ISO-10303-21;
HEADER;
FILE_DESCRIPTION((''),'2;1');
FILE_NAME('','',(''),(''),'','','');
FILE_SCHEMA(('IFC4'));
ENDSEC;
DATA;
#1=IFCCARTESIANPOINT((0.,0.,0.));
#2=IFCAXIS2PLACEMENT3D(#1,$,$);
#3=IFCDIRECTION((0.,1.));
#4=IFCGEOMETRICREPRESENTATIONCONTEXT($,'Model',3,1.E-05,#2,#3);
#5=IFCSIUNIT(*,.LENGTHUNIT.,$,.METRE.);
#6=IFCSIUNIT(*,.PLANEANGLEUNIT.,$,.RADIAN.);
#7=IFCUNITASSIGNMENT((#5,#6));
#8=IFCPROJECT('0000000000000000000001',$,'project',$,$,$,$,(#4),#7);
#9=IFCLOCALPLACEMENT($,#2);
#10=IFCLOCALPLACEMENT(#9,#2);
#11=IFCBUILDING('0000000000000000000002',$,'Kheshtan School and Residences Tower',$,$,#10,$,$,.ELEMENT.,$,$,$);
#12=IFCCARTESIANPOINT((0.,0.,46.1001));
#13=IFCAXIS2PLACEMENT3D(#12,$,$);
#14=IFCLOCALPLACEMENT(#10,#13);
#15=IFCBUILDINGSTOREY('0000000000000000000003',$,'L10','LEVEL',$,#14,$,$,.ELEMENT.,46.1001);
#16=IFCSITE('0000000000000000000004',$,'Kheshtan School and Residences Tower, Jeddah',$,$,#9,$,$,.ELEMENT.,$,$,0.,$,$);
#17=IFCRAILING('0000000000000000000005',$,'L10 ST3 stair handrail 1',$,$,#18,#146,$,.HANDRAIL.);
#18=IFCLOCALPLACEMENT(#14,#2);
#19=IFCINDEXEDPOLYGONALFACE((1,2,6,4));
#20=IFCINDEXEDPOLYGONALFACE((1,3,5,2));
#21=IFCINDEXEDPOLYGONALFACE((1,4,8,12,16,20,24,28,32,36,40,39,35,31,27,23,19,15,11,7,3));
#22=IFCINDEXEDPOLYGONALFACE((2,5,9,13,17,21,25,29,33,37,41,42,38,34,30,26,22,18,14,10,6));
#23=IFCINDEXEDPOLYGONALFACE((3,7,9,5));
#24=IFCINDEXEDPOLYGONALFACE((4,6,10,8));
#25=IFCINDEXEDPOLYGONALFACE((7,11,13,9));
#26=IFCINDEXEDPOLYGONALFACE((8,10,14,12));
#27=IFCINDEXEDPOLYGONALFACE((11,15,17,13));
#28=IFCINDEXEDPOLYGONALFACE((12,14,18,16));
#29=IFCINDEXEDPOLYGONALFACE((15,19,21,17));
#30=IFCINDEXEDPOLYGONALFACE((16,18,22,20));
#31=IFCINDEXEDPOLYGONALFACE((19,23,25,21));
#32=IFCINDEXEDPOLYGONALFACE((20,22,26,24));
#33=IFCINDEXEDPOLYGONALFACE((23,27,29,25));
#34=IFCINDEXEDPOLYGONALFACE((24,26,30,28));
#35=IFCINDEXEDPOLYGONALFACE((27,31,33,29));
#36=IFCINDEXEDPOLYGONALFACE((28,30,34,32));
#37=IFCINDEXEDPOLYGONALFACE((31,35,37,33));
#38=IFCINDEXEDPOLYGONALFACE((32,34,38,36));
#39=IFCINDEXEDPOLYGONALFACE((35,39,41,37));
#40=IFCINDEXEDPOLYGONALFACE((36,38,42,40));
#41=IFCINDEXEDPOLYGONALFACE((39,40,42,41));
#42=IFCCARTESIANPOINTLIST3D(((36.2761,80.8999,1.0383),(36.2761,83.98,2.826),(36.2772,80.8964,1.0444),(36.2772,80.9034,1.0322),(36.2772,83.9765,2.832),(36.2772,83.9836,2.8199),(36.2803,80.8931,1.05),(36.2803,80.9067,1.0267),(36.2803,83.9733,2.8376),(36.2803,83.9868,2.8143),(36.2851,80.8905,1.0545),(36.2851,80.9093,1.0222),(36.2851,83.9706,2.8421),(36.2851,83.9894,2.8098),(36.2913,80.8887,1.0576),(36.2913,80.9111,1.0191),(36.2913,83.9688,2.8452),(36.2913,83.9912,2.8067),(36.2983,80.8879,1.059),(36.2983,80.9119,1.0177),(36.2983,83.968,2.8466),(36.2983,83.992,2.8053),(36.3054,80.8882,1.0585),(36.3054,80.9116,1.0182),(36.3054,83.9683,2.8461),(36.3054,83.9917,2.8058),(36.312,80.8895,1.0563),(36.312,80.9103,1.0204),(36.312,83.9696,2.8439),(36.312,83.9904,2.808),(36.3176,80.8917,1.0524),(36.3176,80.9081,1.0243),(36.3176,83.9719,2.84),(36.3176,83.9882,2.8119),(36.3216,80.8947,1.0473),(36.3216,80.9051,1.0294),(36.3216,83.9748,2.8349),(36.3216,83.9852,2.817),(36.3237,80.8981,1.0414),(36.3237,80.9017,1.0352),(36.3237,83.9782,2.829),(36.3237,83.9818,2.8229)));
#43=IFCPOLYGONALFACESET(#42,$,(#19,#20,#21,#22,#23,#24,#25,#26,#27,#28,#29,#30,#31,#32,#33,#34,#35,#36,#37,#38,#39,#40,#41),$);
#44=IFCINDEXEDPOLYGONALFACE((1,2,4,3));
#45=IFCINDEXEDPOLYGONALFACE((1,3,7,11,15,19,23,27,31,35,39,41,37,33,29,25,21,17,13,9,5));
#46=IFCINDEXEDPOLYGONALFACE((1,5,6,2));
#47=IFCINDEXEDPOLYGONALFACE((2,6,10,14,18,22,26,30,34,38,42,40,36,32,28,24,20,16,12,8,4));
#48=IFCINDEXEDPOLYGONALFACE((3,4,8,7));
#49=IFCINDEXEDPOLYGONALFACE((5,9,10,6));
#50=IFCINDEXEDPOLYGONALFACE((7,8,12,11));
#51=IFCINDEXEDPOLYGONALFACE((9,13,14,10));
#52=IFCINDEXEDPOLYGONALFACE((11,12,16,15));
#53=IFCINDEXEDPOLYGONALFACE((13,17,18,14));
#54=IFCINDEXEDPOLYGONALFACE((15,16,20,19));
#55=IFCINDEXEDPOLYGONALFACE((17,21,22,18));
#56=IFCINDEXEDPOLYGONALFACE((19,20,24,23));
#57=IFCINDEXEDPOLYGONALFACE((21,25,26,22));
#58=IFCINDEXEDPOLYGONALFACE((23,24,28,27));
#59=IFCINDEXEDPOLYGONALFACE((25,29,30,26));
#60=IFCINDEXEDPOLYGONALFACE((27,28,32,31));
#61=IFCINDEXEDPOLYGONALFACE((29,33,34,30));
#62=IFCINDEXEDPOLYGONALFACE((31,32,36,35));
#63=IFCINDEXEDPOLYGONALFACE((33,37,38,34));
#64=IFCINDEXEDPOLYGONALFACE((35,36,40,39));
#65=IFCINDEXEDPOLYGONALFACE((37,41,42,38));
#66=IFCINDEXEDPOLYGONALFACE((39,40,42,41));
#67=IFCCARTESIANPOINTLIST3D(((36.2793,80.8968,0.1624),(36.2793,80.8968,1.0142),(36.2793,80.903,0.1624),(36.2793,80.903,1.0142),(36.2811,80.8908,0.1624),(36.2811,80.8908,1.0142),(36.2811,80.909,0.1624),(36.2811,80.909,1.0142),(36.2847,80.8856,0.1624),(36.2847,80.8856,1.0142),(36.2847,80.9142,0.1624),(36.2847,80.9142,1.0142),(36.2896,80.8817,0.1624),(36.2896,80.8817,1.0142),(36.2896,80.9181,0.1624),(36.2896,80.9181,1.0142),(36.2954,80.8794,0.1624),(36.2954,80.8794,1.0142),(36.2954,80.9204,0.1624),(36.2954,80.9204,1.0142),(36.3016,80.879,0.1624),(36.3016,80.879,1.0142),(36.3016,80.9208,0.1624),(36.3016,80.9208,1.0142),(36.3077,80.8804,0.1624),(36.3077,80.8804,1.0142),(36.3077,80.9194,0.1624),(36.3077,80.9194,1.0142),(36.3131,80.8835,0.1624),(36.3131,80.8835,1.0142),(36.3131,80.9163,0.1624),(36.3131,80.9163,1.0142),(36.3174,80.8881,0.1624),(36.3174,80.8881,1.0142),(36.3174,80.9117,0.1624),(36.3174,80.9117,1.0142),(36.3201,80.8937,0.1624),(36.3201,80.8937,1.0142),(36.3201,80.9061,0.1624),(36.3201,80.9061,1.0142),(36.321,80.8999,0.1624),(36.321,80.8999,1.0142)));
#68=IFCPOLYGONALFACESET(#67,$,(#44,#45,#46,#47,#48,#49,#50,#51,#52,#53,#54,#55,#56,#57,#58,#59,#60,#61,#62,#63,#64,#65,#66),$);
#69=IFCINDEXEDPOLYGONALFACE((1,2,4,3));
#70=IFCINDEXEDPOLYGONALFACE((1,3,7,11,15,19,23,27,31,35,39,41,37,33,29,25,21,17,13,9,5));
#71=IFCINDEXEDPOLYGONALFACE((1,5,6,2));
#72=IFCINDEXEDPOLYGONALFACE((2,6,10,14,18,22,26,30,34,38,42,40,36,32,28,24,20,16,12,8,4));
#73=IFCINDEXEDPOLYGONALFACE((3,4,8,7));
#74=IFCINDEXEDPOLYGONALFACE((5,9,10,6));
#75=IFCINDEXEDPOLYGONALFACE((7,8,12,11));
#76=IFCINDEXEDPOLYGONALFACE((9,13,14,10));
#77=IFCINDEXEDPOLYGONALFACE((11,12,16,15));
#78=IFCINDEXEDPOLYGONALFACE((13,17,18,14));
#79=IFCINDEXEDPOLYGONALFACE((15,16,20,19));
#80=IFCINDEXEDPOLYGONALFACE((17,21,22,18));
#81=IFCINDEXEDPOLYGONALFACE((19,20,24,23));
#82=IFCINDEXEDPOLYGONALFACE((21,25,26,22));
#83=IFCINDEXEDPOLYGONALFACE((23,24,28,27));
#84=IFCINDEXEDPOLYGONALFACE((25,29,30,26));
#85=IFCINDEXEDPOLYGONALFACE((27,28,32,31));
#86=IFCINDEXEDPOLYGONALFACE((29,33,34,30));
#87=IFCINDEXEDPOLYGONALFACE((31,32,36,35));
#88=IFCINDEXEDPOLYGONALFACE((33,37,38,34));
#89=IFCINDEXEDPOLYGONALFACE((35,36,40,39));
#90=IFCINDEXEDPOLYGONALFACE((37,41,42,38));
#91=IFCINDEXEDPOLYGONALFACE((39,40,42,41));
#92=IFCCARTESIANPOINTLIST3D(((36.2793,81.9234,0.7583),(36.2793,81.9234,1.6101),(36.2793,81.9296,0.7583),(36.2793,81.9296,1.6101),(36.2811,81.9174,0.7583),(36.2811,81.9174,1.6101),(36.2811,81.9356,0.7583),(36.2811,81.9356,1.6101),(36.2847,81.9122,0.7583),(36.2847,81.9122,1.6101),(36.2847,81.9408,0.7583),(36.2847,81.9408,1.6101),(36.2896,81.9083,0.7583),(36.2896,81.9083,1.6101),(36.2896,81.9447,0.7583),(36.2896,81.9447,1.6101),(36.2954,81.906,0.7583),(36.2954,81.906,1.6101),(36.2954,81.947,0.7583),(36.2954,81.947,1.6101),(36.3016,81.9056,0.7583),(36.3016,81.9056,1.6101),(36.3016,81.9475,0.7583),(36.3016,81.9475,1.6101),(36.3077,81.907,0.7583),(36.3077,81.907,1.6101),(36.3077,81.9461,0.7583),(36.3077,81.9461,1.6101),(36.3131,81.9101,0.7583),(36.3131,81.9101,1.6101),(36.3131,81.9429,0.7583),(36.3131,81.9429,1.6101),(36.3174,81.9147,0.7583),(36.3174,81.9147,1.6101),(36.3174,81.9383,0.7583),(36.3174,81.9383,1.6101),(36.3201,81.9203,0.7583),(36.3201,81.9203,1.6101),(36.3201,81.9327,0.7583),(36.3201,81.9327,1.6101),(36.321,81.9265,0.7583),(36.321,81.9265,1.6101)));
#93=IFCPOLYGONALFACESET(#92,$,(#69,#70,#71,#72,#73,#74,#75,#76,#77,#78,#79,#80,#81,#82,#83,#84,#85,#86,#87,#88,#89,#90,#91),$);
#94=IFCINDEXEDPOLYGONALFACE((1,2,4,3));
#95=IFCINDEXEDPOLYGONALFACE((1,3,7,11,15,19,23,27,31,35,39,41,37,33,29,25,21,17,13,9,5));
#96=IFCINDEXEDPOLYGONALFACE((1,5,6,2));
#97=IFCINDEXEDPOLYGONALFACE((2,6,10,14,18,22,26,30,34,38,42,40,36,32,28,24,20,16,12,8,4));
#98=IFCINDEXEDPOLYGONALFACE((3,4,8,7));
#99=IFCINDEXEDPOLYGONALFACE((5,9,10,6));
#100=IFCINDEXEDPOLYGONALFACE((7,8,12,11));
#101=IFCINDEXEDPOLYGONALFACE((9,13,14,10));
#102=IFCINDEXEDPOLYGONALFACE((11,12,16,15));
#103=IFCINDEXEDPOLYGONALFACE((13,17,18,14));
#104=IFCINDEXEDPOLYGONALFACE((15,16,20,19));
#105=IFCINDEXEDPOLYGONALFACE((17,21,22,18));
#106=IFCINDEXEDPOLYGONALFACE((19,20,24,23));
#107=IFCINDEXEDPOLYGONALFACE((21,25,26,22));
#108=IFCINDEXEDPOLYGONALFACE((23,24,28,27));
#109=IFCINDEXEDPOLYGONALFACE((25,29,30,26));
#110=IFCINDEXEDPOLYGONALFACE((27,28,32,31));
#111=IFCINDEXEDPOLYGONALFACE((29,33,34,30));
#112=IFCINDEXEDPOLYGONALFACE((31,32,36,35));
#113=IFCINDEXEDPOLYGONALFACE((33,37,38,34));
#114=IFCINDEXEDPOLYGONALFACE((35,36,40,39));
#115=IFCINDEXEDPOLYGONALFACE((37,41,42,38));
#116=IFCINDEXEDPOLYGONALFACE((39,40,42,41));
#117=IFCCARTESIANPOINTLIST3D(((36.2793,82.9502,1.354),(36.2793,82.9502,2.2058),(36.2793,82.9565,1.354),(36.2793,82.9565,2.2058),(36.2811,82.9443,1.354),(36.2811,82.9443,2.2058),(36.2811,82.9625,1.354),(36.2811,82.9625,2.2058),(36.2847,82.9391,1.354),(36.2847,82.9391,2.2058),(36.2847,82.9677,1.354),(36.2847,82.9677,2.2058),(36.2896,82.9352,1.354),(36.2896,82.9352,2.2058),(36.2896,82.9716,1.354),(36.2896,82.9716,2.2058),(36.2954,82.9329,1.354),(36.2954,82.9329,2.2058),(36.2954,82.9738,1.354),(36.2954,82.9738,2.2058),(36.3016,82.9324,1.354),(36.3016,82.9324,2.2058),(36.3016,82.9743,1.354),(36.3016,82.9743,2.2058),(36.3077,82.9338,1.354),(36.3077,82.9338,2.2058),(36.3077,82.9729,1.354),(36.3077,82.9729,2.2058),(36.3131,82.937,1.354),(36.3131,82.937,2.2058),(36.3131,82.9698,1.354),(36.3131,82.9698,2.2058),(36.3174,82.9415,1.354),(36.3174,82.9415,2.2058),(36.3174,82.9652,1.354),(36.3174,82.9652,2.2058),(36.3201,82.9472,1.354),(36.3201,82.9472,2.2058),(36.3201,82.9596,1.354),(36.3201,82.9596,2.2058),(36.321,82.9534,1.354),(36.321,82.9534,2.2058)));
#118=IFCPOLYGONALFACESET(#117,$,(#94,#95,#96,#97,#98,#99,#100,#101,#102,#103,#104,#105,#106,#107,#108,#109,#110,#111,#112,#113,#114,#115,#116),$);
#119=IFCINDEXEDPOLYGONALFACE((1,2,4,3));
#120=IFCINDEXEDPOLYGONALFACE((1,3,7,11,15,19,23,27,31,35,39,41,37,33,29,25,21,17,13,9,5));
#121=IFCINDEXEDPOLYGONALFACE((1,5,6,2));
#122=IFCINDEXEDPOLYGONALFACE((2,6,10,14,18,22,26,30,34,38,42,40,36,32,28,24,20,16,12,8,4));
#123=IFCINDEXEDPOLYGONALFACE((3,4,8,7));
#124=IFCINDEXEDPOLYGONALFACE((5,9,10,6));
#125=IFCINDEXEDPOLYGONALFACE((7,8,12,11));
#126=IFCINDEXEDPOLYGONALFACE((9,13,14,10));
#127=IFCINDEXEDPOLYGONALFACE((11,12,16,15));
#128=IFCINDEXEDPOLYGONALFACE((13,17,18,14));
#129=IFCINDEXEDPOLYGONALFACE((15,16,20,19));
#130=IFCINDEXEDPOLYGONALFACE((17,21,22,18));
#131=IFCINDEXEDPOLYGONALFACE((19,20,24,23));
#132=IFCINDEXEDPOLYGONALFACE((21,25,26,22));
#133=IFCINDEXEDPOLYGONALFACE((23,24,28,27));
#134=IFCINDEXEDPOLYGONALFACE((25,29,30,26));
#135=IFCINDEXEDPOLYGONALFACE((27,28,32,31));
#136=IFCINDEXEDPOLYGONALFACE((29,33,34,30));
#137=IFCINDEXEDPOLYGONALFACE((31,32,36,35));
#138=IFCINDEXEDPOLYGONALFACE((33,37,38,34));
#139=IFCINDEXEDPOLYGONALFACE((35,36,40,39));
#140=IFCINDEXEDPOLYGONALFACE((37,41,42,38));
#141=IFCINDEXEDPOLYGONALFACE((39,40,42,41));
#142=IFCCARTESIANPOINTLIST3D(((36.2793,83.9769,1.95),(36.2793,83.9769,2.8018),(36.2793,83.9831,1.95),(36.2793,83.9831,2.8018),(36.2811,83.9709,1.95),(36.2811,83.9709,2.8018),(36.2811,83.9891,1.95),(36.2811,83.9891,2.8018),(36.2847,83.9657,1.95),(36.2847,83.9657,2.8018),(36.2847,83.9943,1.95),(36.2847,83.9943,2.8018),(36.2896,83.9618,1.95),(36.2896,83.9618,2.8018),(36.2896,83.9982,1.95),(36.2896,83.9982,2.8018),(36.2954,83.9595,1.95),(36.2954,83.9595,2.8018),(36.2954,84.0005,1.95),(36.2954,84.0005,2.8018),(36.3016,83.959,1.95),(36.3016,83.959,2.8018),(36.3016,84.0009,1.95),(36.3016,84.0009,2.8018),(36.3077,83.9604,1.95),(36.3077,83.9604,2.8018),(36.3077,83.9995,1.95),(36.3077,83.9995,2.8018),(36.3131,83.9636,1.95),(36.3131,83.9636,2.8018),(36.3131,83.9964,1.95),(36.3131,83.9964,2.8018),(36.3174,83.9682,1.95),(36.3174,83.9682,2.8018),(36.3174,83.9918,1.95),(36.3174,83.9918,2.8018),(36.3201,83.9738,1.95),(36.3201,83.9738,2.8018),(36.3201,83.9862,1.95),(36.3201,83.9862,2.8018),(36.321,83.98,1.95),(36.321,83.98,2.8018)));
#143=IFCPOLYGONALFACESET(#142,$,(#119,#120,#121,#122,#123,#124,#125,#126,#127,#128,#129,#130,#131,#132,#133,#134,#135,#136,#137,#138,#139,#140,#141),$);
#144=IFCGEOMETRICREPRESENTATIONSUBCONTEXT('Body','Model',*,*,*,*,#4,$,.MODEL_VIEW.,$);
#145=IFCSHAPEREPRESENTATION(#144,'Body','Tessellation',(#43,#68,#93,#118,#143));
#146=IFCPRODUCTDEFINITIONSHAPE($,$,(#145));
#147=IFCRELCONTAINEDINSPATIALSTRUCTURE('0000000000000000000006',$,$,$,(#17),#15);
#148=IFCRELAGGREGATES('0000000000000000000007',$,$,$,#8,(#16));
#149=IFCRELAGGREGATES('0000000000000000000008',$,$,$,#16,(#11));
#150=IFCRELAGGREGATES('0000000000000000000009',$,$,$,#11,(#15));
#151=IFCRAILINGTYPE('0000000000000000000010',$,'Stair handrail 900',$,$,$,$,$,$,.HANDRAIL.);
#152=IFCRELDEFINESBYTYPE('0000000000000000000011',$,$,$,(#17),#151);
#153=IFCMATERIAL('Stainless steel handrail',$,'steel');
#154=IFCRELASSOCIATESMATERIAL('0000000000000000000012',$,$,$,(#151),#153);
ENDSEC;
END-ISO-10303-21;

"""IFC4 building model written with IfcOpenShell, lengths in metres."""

from ifc_helpers import new_model, si_unit, direction, frame, origin, origin_2d, place, context, subcontext, project, spatial, circle, extrude, material, type_object, element, save


model = new_model("IFC4")

# Units and contexts
model_context = context("Model", 3, precision=1e-05, world=origin(), true_north=direction((0.0, 1.0)))
body_context = subcontext(model_context, "Body", "Model", "MODEL_VIEW")
ifc_project = project(units=[si_unit("LENGTHUNIT", "METRE"), si_unit("PLANEANGLEUNIT", "RADIAN")], contexts=[model_context])

# Site, building, storey
site_placement = place(None, origin())
site = spatial("IfcSite", under=ifc_project, at=site_placement, Name="Kheshtan School and Residences Tower, Jeddah", CompositionType="ELEMENT", RefElevation=0.0)
building_placement = place(site_placement, origin())
building = spatial("IfcBuilding", under=site, at=building_placement, Name="Kheshtan School and Residences Tower", CompositionType="ELEMENT")
storey_placement = place(building_placement, frame((0.0, 0.0, 46.1001)))
storey = spatial("IfcBuildingStorey", under=building, at=storey_placement, Name="L10", Description="LEVEL", CompositionType="ELEMENT", Elevation=46.1001)

# Railing
ifc_material_1 = material(Name="Stainless steel handrail", Category="steel")
railing_type_1 = type_object("IfcRailingType", Name="Stair handrail 900", PredefinedType="HANDRAIL", material=ifc_material_1)
railing_1_placement = place(storey_placement, frame((36.3, 80.8999, 0.1624)))
element("IfcRailing", 1, at=railing_1_placement, inside=storey, type_object=railing_type_1, Name="L10 ST3 stair handrail 1", PredefinedType="HANDRAIL", context=body_context, shape_type="SweptSolid", body=[
    extrude(circle(Radius=0.0239, at=origin_2d()), frame((0.0, 0.0, 0.876), z_axis=(0.0, 0.864891, 0.50196), x_axis=(-1.0, 0.0, 0.0)), (0.0, 0.0, 1.0), 3.5613),
    extrude(circle(Radius=0.021, at=origin_2d()), origin(), (0.0, 0.0, 1.0), 0.8518),
    extrude(circle(Radius=0.021, at=origin_2d()), frame((0.0, 1.0266, 0.5959)), (0.0, 0.0, 1.0), 0.8518),
    extrude(circle(Radius=0.021, at=origin_2d()), frame((0.0, 2.0535, 1.1917)), (0.0, 0.0, 1.0), 0.8518),
    extrude(circle(Radius=0.021, at=origin_2d()), frame((0.0, 3.0801, 1.7876)), (0.0, 0.0, 1.0), 0.8518),
])

save(model, "model.ifc")
